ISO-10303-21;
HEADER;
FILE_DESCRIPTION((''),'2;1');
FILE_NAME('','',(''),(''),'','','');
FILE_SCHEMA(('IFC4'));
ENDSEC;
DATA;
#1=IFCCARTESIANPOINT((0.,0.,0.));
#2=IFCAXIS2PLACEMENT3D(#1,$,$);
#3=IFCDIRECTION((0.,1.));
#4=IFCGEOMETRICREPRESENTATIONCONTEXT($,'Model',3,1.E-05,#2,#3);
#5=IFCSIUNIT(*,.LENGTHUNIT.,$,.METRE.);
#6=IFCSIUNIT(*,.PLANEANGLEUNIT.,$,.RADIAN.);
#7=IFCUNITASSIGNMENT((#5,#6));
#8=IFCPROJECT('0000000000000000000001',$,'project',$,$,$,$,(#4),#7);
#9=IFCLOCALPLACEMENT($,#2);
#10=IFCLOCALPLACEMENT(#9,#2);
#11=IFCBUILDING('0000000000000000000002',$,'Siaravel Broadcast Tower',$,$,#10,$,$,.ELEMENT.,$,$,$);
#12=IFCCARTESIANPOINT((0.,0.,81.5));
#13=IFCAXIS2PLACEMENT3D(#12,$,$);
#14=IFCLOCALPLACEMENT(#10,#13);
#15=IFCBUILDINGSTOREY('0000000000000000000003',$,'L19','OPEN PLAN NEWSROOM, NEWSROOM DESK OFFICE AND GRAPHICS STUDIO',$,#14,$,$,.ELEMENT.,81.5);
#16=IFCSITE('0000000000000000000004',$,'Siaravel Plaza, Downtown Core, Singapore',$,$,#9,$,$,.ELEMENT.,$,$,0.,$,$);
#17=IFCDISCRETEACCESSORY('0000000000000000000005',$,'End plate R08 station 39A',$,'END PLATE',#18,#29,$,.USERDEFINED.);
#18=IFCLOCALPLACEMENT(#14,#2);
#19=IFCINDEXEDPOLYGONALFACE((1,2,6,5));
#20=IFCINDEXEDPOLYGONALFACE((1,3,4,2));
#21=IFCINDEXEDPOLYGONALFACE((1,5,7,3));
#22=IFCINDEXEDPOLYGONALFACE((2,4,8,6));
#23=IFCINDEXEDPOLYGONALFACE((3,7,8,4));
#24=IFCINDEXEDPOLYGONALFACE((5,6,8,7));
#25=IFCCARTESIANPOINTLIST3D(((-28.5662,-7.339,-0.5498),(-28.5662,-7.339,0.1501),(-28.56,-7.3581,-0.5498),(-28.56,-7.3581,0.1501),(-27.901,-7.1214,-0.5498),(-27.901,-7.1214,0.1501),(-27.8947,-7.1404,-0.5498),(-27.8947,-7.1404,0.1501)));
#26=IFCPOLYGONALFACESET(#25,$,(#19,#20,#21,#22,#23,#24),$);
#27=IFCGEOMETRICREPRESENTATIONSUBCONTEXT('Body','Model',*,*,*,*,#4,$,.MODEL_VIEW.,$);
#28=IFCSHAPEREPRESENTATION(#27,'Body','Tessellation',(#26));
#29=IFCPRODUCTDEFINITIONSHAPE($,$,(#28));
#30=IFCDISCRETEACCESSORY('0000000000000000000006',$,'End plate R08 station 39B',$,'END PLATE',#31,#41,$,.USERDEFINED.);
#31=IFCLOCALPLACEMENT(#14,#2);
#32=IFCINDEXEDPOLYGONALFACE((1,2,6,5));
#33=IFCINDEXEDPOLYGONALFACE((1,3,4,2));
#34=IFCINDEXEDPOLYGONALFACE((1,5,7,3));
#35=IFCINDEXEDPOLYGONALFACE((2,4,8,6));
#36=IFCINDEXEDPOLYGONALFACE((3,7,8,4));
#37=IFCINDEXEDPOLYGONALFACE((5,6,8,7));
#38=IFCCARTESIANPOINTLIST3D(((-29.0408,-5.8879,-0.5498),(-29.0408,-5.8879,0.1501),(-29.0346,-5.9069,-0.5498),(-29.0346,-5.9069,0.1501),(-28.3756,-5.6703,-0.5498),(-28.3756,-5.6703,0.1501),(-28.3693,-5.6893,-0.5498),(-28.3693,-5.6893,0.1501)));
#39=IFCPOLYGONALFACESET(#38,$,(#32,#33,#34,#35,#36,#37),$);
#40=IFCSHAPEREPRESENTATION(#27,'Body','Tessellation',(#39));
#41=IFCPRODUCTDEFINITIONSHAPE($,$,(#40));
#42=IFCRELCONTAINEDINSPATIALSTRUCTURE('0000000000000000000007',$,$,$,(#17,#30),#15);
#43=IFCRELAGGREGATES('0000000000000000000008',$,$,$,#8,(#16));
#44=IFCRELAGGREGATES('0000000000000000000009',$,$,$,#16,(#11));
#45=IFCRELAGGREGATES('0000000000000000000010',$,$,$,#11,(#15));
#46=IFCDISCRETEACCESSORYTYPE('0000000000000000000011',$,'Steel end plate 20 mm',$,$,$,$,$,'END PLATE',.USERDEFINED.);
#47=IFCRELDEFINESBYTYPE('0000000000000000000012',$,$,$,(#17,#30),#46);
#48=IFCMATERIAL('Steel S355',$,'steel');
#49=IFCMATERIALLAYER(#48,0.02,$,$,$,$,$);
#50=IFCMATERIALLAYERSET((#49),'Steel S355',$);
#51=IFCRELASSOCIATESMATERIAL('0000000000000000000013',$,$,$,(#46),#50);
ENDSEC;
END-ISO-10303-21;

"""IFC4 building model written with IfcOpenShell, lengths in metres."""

from ifc_helpers import new_model, si_unit, direction, frame, origin, origin_2d, place, context, subcontext, project, spatial, rectangle, extrude, material, layer, layer_set, type_object, element, save


model = new_model("IFC4")

# Units and contexts
model_context = context("Model", 3, precision=1e-05, world=origin(), true_north=direction((0.0, 1.0)))
body_context = subcontext(model_context, "Body", "Model", "MODEL_VIEW")
ifc_project = project(units=[si_unit("LENGTHUNIT", "METRE"), si_unit("PLANEANGLEUNIT", "RADIAN")], contexts=[model_context])

# Site, building, storey
site_placement = place(None, origin())
site = spatial("IfcSite", under=ifc_project, at=site_placement, Name="Siaravel Plaza, Downtown Core, Singapore", CompositionType="ELEMENT", RefElevation=0.0)
building_placement = place(site_placement, origin())
building = spatial("IfcBuilding", under=site, at=building_placement, Name="Siaravel Broadcast Tower", CompositionType="ELEMENT")
storey_placement = place(building_placement, frame((0.0, 0.0, 81.5)))
storey = spatial("IfcBuildingStorey", under=building, at=storey_placement, Name="L19", Description="OPEN PLAN NEWSROOM, NEWSROOM DESK OFFICE AND GRAPHICS STUDIO", CompositionType="ELEMENT", Elevation=81.5)

# Shared definitions
ifc_material_1 = material(Name="Steel S355", Category="steel")

# Discrete accessories
ifc_layer_1 = layer(ifc_material_1, 0.02)
ifc_layer_set_1 = layer_set([ifc_layer_1], Name="Steel S355")
discrete_accessory_type = type_object("IfcDiscreteAccessoryType", Name="Steel end plate 20 mm", ElementType="END PLATE", PredefinedType="USERDEFINED", material=ifc_layer_set_1)
for number, where, z_axis, x_axis, name in (
    (1, (-28.2305, -7.2397, -0.5498), (0.0, 0.0, 1.0), (0.310909, -0.95044, 0.0), "End plate R08 station 39A"),
    (2, (-28.7051, -5.7886, -0.5498), (0.0, 0.0, 1.0), (0.310909, -0.95044, 0.0), "End plate R08 station 39B"),
):
    element("IfcDiscreteAccessory", number, at=place(storey_placement, frame(where, z_axis=z_axis, x_axis=x_axis)), inside=storey, type_object=discrete_accessory_type, Name=name, ObjectType="END PLATE", PredefinedType="USERDEFINED", context=body_context, shape_type="SweptSolid", body=[
        extrude(rectangle(XDim=0.02, YDim=0.7, at=origin_2d()), origin(), (0.0, 0.0, 1.0), 0.7),
    ])

save(model, "model.ifc")
